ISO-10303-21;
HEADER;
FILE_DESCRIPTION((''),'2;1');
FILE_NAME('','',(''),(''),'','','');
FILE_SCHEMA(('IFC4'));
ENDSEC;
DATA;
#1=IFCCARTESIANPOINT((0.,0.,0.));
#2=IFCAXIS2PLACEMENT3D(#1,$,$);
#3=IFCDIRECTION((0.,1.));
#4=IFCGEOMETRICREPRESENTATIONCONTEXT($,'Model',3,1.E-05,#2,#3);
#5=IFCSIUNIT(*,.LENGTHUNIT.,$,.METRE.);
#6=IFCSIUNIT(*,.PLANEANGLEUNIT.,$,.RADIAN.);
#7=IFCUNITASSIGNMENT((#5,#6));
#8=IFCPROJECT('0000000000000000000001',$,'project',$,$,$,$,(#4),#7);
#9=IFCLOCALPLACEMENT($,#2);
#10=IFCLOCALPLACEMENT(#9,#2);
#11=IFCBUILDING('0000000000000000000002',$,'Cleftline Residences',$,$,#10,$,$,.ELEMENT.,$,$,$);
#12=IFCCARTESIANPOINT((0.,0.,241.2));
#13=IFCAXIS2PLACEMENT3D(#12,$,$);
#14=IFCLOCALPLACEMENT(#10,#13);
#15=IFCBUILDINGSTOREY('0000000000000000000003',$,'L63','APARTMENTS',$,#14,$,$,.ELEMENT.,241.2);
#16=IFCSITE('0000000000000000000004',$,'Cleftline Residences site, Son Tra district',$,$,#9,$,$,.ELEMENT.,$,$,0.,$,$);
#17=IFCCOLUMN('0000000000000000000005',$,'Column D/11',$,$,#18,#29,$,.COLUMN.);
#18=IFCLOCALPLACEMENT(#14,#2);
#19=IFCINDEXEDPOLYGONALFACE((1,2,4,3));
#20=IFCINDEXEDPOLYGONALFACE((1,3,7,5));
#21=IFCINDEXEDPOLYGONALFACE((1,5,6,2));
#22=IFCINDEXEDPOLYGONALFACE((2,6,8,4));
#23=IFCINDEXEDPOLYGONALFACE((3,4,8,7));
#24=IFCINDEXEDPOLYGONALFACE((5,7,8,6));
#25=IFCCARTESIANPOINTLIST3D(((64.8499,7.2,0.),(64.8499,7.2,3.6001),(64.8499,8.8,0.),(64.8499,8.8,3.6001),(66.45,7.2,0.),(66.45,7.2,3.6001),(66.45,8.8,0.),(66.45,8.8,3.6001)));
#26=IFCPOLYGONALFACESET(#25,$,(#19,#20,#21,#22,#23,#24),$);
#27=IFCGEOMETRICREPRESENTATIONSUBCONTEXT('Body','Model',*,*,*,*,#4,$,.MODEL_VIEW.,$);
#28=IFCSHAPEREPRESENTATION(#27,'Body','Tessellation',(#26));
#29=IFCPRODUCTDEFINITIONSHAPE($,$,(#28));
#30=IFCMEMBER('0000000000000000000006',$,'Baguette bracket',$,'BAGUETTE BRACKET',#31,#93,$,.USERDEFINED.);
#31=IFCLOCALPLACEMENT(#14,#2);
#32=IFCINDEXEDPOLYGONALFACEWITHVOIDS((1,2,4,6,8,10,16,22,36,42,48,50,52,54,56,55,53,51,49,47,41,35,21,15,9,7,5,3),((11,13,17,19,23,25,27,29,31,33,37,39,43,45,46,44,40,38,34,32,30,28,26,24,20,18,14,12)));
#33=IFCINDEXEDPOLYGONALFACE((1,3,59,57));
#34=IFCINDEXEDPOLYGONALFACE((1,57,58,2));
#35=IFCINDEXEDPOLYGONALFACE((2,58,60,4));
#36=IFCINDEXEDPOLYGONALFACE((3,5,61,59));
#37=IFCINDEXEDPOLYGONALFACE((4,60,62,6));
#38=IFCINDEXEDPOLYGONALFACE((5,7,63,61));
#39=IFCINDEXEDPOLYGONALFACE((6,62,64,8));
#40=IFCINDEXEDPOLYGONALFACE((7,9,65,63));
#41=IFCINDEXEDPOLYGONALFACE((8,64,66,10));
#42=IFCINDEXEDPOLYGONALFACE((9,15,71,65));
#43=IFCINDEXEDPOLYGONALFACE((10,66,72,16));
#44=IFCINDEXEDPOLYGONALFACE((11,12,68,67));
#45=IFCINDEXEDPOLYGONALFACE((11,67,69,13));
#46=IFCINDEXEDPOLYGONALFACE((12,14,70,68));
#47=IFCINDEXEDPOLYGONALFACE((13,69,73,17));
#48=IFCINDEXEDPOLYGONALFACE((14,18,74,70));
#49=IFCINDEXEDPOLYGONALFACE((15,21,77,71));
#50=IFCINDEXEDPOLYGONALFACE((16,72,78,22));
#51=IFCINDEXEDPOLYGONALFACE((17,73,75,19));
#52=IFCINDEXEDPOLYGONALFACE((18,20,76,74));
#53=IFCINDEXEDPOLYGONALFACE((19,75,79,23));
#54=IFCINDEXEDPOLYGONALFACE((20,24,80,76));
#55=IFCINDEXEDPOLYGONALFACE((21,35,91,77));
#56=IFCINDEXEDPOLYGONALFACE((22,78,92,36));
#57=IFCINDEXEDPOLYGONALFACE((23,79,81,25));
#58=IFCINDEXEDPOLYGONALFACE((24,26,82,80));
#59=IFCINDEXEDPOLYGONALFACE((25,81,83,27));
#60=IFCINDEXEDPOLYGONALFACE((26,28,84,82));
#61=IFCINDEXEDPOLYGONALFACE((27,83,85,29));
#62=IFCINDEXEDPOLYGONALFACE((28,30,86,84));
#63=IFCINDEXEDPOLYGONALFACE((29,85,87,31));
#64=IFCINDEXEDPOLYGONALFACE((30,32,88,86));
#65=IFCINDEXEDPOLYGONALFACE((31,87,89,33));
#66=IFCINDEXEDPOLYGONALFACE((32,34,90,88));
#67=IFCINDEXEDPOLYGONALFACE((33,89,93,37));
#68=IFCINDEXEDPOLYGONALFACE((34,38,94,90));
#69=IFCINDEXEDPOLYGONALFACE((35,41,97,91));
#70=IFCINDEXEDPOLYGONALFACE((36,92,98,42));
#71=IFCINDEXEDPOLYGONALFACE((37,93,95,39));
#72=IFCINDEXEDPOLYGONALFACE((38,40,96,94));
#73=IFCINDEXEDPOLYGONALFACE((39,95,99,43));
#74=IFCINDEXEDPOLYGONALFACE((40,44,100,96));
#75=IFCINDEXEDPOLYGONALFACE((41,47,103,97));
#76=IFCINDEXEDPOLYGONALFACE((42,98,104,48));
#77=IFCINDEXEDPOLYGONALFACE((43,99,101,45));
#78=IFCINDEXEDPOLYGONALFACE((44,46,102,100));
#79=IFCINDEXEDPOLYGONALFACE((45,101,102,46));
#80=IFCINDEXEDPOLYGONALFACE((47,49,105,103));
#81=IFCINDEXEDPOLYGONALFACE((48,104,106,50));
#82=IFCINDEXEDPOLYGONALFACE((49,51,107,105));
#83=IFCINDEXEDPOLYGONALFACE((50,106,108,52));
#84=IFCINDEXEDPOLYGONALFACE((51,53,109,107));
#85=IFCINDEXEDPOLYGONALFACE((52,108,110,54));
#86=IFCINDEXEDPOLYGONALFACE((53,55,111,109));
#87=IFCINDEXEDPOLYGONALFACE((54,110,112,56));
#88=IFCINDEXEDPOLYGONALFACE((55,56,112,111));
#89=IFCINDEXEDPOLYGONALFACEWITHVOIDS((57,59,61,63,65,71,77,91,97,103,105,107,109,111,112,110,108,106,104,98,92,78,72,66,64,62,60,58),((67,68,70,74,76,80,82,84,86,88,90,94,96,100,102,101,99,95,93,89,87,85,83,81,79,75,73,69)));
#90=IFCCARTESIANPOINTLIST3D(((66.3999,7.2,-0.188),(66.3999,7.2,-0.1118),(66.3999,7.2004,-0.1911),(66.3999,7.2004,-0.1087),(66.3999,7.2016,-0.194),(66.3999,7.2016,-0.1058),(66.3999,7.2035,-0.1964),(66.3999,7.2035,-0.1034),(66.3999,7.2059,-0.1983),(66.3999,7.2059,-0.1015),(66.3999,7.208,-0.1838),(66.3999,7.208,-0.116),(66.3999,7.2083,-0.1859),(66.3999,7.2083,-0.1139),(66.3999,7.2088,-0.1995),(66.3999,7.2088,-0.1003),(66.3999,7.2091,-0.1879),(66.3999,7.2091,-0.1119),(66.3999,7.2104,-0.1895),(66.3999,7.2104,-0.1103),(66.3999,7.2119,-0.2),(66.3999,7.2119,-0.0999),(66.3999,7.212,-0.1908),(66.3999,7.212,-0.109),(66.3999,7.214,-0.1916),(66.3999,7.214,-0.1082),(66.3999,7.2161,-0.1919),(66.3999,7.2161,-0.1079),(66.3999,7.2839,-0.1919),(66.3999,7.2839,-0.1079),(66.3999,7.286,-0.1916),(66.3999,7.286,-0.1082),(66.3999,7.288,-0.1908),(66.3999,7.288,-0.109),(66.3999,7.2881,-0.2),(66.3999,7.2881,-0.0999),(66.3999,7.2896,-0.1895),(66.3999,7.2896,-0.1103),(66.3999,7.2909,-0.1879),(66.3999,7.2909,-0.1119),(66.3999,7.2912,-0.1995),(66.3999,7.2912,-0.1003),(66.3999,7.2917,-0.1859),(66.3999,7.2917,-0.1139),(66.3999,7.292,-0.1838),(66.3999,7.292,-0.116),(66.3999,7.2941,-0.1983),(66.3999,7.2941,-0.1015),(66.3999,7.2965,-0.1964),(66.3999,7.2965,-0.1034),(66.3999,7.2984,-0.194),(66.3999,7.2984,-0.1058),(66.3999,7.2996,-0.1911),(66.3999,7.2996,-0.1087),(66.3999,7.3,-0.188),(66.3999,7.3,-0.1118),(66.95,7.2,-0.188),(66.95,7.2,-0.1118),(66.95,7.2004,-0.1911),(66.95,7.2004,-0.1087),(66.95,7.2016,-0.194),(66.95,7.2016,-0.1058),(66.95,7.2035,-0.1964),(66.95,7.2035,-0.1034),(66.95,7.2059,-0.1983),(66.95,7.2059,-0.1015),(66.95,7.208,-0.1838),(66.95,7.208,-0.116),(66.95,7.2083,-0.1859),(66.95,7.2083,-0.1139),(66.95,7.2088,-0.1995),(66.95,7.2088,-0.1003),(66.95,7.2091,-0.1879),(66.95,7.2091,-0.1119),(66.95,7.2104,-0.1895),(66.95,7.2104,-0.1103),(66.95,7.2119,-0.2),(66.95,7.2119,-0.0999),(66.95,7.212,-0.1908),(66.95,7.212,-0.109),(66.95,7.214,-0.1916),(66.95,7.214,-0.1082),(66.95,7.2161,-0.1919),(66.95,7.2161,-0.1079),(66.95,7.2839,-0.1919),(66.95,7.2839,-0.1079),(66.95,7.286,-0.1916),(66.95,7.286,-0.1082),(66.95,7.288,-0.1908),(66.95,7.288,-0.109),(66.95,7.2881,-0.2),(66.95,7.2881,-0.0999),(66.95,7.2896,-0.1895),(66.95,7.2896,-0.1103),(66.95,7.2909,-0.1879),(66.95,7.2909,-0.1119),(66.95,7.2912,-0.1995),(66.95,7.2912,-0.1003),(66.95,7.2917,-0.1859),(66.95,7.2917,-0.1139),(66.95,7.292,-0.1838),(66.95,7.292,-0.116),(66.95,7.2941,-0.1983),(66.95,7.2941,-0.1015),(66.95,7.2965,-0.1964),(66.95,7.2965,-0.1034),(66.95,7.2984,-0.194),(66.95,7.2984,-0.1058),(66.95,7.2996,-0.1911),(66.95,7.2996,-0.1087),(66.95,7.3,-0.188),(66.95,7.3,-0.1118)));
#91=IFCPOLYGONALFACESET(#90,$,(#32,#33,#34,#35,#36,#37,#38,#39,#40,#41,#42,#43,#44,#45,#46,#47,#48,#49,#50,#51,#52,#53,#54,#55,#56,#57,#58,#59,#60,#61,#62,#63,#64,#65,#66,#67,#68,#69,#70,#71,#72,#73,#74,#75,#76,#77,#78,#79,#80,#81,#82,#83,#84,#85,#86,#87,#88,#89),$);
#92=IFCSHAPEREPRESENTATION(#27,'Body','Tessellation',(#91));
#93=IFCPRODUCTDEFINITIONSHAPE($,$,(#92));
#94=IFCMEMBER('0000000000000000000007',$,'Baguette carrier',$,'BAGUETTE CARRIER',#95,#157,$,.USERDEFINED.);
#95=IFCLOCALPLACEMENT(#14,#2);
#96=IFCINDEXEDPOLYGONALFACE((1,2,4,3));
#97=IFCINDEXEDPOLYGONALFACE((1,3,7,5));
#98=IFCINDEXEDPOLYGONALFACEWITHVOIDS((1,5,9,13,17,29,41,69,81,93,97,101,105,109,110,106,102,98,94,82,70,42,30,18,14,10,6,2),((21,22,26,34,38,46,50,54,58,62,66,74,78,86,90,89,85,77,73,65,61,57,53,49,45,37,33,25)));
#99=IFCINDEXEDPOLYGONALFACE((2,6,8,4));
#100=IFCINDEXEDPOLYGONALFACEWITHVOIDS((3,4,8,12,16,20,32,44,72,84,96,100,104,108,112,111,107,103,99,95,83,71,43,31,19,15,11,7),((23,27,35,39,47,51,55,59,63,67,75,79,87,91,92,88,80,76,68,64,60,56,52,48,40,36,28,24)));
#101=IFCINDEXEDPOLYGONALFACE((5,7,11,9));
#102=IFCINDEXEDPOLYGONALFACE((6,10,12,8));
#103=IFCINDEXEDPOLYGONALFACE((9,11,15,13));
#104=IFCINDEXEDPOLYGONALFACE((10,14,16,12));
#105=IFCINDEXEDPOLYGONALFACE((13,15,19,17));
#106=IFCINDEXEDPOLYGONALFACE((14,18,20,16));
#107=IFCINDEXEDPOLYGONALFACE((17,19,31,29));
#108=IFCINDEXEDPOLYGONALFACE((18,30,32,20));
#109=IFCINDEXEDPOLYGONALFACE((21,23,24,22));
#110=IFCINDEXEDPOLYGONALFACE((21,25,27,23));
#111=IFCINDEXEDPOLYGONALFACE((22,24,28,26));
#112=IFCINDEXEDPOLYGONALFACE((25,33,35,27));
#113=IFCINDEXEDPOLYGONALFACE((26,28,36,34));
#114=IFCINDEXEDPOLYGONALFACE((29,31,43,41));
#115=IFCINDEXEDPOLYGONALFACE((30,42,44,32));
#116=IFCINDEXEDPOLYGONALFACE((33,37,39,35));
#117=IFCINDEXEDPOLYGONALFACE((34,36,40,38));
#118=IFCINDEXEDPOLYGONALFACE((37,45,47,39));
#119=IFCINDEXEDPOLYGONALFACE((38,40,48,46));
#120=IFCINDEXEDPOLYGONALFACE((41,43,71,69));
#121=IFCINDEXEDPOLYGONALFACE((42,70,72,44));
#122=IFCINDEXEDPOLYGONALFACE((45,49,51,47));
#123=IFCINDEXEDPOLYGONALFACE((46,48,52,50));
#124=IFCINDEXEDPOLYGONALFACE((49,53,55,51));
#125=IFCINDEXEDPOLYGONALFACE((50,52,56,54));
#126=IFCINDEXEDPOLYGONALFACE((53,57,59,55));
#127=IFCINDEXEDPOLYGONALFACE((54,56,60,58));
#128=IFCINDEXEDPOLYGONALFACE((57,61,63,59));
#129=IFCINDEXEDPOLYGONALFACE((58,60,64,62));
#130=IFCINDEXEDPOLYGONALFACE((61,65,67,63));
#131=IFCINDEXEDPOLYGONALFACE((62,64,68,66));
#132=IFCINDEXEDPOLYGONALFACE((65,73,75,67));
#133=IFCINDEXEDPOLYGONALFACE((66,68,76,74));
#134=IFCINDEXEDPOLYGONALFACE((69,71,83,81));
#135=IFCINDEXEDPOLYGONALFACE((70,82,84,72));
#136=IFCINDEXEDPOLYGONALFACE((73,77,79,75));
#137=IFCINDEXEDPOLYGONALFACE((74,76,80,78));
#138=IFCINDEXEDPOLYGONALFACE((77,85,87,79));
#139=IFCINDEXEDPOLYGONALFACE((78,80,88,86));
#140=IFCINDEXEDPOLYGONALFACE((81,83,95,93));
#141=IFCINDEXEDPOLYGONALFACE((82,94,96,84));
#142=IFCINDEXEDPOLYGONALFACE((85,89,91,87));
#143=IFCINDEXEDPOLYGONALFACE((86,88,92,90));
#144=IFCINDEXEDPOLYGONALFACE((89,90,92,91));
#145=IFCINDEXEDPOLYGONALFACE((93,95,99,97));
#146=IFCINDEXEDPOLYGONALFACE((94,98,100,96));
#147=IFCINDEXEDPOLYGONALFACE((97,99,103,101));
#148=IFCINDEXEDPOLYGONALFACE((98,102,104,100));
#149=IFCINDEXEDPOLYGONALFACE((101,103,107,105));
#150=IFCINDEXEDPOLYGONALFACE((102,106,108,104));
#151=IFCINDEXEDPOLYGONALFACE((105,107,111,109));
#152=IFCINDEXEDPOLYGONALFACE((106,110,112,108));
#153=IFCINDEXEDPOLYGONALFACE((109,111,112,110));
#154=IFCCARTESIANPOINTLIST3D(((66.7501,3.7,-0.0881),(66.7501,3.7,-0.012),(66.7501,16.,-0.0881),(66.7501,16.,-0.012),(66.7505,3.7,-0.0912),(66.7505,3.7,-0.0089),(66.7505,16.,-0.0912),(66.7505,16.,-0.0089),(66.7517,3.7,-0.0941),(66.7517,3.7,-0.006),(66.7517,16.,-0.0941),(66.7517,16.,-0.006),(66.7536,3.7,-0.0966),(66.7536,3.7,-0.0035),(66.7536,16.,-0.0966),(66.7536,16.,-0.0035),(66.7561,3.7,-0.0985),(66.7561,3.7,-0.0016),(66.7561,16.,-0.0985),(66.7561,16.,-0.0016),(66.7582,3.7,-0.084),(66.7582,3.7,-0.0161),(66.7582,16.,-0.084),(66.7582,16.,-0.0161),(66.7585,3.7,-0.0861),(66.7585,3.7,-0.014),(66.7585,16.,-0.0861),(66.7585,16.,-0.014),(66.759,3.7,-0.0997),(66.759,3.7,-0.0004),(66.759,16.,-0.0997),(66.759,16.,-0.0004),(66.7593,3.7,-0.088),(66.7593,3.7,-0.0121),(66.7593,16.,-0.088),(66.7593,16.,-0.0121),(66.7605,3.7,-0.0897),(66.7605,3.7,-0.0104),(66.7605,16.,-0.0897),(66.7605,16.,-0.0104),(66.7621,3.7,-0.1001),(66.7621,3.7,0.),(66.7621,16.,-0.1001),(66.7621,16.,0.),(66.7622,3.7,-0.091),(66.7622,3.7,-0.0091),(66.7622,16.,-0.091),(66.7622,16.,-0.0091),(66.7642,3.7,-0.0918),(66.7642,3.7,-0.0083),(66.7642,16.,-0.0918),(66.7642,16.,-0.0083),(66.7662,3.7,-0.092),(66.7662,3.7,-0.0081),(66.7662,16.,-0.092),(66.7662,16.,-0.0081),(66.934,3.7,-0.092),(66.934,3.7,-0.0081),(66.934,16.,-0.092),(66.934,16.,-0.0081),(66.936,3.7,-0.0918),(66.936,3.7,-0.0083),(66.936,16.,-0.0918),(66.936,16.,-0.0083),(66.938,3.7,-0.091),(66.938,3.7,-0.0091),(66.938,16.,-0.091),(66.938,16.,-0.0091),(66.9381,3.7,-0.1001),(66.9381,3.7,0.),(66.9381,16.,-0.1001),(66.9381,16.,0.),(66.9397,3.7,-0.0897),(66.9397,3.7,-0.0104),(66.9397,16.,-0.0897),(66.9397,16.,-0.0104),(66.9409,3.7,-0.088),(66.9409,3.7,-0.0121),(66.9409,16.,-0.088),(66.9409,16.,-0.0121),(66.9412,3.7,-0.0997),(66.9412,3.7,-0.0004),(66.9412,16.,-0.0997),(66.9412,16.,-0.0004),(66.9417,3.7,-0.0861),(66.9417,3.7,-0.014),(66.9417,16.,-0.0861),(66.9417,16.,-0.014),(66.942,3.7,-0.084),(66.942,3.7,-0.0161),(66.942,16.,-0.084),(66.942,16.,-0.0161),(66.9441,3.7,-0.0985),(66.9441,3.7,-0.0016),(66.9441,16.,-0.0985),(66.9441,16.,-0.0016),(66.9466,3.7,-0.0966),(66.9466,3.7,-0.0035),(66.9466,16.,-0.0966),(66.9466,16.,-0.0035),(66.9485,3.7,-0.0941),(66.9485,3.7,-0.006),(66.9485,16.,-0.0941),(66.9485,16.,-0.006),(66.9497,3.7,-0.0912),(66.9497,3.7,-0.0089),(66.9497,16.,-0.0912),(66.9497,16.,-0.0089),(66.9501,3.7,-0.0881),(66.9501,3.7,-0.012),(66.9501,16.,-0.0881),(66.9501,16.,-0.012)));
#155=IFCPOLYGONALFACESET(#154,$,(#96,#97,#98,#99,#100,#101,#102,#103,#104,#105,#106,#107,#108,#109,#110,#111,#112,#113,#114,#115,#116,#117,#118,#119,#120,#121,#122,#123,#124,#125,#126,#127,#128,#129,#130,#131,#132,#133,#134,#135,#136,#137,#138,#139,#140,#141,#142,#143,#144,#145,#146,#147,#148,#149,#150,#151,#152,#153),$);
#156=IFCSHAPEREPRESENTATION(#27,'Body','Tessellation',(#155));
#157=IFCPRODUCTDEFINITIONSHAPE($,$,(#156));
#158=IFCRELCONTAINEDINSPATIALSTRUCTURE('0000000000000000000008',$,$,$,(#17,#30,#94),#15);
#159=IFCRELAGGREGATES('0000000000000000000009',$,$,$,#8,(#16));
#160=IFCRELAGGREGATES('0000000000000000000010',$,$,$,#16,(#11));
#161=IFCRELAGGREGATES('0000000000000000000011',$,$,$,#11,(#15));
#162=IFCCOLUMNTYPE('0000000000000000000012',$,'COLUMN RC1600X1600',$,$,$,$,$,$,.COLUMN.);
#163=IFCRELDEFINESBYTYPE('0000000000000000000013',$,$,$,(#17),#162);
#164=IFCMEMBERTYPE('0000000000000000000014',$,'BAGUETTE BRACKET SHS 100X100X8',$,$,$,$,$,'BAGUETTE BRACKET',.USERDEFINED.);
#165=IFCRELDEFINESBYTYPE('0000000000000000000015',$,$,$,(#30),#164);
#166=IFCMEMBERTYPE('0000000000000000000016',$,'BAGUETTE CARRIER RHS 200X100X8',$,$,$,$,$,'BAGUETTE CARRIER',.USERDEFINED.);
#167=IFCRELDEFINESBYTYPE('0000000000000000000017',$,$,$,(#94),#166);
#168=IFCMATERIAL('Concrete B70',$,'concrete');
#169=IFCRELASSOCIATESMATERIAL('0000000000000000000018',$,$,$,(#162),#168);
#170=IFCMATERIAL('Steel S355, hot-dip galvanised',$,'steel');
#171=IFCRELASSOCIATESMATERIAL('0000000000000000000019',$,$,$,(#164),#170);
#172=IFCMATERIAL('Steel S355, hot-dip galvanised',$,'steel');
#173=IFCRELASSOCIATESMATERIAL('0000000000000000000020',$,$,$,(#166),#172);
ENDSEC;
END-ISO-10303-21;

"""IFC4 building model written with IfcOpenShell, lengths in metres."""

from ifc_helpers import new_model, si_unit, direction, frame, origin, origin_2d, place, context, subcontext, project, spatial, rectangle, hollow_rectangle, extrude, material, material_profile, profile_set, type_object, element, save


model = new_model("IFC4")

# Units and contexts
model_context = context("Model", 3, precision=1e-05, world=origin(), true_north=direction((0.0, 1.0)))
body_context = subcontext(model_context, "Body", "Model", "MODEL_VIEW")
ifc_project = project(units=[si_unit("LENGTHUNIT", "METRE"), si_unit("PLANEANGLEUNIT", "RADIAN")], contexts=[model_context])

# Site, building, storey
site_placement = place(None, origin())
site = spatial("IfcSite", under=ifc_project, at=site_placement, Name="Cleftline Residences site, Son Tra district", CompositionType="ELEMENT", RefElevation=0.0)
building_placement = place(site_placement, origin())
building = spatial("IfcBuilding", under=site, at=building_placement, Name="Cleftline Residences", CompositionType="ELEMENT")
storey_placement = place(building_placement, frame((0.0, 0.0, 241.2)))
storey = spatial("IfcBuildingStorey", under=building, at=storey_placement, Name="L63", Description="APARTMENTS", CompositionType="ELEMENT", Elevation=241.2)

# Column
ifc_material_1 = material(Name="Concrete B70", Category="concrete")
ifc_material_profile_1 = material_profile(ifc_material_1, rectangle(XDim=1.6001, YDim=1.6001, at=origin_2d()))
ifc_profile_set_1 = profile_set([ifc_material_profile_1], Name="Concrete B70")
column_type = type_object("IfcColumnType", Name="COLUMN RC1600X1600", PredefinedType="COLUMN", material=ifc_profile_set_1)
column_placement = place(storey_placement, frame((65.6499, 8.0, 0.0), z_axis=(0.0, 0.0, 1.0), x_axis=(1.0, 0.0, 0.0)))
element("IfcColumn", 1, at=column_placement, inside=storey, type_object=column_type, Name="Column D/11", PredefinedType="COLUMN", context=body_context, shape_type="SweptSolid", body=[
    extrude(rectangle(XDim=1.6001, YDim=1.6001, at=origin_2d()), origin(), (0.0, 0.0, 1.0), 3.6001),
])

# Members
ifc_material_2 = material(Name="Steel S355, hot-dip galvanised", Category="steel")
ifc_material_profile_2 = material_profile(ifc_material_2, hollow_rectangle(XDim=0.1001, YDim=0.1001, WallThickness=0.0081, InnerFilletRadius=0.0081, OuterFilletRadius=0.012, at=origin_2d()))
ifc_profile_set_2 = profile_set([ifc_material_profile_2], Name="Steel S355, hot-dip galvanised")
member_type_1 = type_object("IfcMemberType", Name="BAGUETTE BRACKET SHS 100X100X8", ElementType="BAGUETTE BRACKET", PredefinedType="USERDEFINED", material=ifc_profile_set_2)
member_1_placement = place(storey_placement, frame((66.3999, 7.25, -0.1499), z_axis=(1.0, 0.0, 0.0), x_axis=(0.0, 1.0, 0.0)))
element("IfcMember", 2, at=member_1_placement, inside=storey, type_object=member_type_1, Name="Baguette bracket", ObjectType="BAGUETTE BRACKET", PredefinedType="USERDEFINED", context=body_context, shape_type="SweptSolid", body=[
    extrude(hollow_rectangle(XDim=0.1001, YDim=0.1001, WallThickness=0.0081, InnerFilletRadius=0.0081, OuterFilletRadius=0.012, at=origin_2d()), origin(), (0.0, 0.0, 1.0), 0.55),
])
ifc_material_3 = material(Name="Steel S355, hot-dip galvanised", Category="steel")
ifc_material_profile_3 = material_profile(ifc_material_3, hollow_rectangle(XDim=0.1001, YDim=0.2, WallThickness=0.0081, InnerFilletRadius=0.0081, OuterFilletRadius=0.012, at=origin_2d()))
ifc_profile_set_3 = profile_set([ifc_material_profile_3], Name="Steel S355, hot-dip galvanised")
member_type_2 = type_object("IfcMemberType", Name="BAGUETTE CARRIER RHS 200X100X8", ElementType="BAGUETTE CARRIER", PredefinedType="USERDEFINED", material=ifc_profile_set_3)
member_2_placement = place(storey_placement, frame((66.8501, 3.7, -0.05), z_axis=(0.0, 1.0, 0.0), x_axis=(0.0, 0.0, 1.0)))
element("IfcMember", 3, at=member_2_placement, inside=storey, type_object=member_type_2, Name="Baguette carrier", ObjectType="BAGUETTE CARRIER", PredefinedType="USERDEFINED", context=body_context, shape_type="SweptSolid", body=[
    extrude(hollow_rectangle(XDim=0.1001, YDim=0.2, WallThickness=0.0081, InnerFilletRadius=0.0081, OuterFilletRadius=0.012, at=origin_2d()), origin(), (0.0, 0.0, 1.0), 12.3),
])

save(model, "model.ifc")
